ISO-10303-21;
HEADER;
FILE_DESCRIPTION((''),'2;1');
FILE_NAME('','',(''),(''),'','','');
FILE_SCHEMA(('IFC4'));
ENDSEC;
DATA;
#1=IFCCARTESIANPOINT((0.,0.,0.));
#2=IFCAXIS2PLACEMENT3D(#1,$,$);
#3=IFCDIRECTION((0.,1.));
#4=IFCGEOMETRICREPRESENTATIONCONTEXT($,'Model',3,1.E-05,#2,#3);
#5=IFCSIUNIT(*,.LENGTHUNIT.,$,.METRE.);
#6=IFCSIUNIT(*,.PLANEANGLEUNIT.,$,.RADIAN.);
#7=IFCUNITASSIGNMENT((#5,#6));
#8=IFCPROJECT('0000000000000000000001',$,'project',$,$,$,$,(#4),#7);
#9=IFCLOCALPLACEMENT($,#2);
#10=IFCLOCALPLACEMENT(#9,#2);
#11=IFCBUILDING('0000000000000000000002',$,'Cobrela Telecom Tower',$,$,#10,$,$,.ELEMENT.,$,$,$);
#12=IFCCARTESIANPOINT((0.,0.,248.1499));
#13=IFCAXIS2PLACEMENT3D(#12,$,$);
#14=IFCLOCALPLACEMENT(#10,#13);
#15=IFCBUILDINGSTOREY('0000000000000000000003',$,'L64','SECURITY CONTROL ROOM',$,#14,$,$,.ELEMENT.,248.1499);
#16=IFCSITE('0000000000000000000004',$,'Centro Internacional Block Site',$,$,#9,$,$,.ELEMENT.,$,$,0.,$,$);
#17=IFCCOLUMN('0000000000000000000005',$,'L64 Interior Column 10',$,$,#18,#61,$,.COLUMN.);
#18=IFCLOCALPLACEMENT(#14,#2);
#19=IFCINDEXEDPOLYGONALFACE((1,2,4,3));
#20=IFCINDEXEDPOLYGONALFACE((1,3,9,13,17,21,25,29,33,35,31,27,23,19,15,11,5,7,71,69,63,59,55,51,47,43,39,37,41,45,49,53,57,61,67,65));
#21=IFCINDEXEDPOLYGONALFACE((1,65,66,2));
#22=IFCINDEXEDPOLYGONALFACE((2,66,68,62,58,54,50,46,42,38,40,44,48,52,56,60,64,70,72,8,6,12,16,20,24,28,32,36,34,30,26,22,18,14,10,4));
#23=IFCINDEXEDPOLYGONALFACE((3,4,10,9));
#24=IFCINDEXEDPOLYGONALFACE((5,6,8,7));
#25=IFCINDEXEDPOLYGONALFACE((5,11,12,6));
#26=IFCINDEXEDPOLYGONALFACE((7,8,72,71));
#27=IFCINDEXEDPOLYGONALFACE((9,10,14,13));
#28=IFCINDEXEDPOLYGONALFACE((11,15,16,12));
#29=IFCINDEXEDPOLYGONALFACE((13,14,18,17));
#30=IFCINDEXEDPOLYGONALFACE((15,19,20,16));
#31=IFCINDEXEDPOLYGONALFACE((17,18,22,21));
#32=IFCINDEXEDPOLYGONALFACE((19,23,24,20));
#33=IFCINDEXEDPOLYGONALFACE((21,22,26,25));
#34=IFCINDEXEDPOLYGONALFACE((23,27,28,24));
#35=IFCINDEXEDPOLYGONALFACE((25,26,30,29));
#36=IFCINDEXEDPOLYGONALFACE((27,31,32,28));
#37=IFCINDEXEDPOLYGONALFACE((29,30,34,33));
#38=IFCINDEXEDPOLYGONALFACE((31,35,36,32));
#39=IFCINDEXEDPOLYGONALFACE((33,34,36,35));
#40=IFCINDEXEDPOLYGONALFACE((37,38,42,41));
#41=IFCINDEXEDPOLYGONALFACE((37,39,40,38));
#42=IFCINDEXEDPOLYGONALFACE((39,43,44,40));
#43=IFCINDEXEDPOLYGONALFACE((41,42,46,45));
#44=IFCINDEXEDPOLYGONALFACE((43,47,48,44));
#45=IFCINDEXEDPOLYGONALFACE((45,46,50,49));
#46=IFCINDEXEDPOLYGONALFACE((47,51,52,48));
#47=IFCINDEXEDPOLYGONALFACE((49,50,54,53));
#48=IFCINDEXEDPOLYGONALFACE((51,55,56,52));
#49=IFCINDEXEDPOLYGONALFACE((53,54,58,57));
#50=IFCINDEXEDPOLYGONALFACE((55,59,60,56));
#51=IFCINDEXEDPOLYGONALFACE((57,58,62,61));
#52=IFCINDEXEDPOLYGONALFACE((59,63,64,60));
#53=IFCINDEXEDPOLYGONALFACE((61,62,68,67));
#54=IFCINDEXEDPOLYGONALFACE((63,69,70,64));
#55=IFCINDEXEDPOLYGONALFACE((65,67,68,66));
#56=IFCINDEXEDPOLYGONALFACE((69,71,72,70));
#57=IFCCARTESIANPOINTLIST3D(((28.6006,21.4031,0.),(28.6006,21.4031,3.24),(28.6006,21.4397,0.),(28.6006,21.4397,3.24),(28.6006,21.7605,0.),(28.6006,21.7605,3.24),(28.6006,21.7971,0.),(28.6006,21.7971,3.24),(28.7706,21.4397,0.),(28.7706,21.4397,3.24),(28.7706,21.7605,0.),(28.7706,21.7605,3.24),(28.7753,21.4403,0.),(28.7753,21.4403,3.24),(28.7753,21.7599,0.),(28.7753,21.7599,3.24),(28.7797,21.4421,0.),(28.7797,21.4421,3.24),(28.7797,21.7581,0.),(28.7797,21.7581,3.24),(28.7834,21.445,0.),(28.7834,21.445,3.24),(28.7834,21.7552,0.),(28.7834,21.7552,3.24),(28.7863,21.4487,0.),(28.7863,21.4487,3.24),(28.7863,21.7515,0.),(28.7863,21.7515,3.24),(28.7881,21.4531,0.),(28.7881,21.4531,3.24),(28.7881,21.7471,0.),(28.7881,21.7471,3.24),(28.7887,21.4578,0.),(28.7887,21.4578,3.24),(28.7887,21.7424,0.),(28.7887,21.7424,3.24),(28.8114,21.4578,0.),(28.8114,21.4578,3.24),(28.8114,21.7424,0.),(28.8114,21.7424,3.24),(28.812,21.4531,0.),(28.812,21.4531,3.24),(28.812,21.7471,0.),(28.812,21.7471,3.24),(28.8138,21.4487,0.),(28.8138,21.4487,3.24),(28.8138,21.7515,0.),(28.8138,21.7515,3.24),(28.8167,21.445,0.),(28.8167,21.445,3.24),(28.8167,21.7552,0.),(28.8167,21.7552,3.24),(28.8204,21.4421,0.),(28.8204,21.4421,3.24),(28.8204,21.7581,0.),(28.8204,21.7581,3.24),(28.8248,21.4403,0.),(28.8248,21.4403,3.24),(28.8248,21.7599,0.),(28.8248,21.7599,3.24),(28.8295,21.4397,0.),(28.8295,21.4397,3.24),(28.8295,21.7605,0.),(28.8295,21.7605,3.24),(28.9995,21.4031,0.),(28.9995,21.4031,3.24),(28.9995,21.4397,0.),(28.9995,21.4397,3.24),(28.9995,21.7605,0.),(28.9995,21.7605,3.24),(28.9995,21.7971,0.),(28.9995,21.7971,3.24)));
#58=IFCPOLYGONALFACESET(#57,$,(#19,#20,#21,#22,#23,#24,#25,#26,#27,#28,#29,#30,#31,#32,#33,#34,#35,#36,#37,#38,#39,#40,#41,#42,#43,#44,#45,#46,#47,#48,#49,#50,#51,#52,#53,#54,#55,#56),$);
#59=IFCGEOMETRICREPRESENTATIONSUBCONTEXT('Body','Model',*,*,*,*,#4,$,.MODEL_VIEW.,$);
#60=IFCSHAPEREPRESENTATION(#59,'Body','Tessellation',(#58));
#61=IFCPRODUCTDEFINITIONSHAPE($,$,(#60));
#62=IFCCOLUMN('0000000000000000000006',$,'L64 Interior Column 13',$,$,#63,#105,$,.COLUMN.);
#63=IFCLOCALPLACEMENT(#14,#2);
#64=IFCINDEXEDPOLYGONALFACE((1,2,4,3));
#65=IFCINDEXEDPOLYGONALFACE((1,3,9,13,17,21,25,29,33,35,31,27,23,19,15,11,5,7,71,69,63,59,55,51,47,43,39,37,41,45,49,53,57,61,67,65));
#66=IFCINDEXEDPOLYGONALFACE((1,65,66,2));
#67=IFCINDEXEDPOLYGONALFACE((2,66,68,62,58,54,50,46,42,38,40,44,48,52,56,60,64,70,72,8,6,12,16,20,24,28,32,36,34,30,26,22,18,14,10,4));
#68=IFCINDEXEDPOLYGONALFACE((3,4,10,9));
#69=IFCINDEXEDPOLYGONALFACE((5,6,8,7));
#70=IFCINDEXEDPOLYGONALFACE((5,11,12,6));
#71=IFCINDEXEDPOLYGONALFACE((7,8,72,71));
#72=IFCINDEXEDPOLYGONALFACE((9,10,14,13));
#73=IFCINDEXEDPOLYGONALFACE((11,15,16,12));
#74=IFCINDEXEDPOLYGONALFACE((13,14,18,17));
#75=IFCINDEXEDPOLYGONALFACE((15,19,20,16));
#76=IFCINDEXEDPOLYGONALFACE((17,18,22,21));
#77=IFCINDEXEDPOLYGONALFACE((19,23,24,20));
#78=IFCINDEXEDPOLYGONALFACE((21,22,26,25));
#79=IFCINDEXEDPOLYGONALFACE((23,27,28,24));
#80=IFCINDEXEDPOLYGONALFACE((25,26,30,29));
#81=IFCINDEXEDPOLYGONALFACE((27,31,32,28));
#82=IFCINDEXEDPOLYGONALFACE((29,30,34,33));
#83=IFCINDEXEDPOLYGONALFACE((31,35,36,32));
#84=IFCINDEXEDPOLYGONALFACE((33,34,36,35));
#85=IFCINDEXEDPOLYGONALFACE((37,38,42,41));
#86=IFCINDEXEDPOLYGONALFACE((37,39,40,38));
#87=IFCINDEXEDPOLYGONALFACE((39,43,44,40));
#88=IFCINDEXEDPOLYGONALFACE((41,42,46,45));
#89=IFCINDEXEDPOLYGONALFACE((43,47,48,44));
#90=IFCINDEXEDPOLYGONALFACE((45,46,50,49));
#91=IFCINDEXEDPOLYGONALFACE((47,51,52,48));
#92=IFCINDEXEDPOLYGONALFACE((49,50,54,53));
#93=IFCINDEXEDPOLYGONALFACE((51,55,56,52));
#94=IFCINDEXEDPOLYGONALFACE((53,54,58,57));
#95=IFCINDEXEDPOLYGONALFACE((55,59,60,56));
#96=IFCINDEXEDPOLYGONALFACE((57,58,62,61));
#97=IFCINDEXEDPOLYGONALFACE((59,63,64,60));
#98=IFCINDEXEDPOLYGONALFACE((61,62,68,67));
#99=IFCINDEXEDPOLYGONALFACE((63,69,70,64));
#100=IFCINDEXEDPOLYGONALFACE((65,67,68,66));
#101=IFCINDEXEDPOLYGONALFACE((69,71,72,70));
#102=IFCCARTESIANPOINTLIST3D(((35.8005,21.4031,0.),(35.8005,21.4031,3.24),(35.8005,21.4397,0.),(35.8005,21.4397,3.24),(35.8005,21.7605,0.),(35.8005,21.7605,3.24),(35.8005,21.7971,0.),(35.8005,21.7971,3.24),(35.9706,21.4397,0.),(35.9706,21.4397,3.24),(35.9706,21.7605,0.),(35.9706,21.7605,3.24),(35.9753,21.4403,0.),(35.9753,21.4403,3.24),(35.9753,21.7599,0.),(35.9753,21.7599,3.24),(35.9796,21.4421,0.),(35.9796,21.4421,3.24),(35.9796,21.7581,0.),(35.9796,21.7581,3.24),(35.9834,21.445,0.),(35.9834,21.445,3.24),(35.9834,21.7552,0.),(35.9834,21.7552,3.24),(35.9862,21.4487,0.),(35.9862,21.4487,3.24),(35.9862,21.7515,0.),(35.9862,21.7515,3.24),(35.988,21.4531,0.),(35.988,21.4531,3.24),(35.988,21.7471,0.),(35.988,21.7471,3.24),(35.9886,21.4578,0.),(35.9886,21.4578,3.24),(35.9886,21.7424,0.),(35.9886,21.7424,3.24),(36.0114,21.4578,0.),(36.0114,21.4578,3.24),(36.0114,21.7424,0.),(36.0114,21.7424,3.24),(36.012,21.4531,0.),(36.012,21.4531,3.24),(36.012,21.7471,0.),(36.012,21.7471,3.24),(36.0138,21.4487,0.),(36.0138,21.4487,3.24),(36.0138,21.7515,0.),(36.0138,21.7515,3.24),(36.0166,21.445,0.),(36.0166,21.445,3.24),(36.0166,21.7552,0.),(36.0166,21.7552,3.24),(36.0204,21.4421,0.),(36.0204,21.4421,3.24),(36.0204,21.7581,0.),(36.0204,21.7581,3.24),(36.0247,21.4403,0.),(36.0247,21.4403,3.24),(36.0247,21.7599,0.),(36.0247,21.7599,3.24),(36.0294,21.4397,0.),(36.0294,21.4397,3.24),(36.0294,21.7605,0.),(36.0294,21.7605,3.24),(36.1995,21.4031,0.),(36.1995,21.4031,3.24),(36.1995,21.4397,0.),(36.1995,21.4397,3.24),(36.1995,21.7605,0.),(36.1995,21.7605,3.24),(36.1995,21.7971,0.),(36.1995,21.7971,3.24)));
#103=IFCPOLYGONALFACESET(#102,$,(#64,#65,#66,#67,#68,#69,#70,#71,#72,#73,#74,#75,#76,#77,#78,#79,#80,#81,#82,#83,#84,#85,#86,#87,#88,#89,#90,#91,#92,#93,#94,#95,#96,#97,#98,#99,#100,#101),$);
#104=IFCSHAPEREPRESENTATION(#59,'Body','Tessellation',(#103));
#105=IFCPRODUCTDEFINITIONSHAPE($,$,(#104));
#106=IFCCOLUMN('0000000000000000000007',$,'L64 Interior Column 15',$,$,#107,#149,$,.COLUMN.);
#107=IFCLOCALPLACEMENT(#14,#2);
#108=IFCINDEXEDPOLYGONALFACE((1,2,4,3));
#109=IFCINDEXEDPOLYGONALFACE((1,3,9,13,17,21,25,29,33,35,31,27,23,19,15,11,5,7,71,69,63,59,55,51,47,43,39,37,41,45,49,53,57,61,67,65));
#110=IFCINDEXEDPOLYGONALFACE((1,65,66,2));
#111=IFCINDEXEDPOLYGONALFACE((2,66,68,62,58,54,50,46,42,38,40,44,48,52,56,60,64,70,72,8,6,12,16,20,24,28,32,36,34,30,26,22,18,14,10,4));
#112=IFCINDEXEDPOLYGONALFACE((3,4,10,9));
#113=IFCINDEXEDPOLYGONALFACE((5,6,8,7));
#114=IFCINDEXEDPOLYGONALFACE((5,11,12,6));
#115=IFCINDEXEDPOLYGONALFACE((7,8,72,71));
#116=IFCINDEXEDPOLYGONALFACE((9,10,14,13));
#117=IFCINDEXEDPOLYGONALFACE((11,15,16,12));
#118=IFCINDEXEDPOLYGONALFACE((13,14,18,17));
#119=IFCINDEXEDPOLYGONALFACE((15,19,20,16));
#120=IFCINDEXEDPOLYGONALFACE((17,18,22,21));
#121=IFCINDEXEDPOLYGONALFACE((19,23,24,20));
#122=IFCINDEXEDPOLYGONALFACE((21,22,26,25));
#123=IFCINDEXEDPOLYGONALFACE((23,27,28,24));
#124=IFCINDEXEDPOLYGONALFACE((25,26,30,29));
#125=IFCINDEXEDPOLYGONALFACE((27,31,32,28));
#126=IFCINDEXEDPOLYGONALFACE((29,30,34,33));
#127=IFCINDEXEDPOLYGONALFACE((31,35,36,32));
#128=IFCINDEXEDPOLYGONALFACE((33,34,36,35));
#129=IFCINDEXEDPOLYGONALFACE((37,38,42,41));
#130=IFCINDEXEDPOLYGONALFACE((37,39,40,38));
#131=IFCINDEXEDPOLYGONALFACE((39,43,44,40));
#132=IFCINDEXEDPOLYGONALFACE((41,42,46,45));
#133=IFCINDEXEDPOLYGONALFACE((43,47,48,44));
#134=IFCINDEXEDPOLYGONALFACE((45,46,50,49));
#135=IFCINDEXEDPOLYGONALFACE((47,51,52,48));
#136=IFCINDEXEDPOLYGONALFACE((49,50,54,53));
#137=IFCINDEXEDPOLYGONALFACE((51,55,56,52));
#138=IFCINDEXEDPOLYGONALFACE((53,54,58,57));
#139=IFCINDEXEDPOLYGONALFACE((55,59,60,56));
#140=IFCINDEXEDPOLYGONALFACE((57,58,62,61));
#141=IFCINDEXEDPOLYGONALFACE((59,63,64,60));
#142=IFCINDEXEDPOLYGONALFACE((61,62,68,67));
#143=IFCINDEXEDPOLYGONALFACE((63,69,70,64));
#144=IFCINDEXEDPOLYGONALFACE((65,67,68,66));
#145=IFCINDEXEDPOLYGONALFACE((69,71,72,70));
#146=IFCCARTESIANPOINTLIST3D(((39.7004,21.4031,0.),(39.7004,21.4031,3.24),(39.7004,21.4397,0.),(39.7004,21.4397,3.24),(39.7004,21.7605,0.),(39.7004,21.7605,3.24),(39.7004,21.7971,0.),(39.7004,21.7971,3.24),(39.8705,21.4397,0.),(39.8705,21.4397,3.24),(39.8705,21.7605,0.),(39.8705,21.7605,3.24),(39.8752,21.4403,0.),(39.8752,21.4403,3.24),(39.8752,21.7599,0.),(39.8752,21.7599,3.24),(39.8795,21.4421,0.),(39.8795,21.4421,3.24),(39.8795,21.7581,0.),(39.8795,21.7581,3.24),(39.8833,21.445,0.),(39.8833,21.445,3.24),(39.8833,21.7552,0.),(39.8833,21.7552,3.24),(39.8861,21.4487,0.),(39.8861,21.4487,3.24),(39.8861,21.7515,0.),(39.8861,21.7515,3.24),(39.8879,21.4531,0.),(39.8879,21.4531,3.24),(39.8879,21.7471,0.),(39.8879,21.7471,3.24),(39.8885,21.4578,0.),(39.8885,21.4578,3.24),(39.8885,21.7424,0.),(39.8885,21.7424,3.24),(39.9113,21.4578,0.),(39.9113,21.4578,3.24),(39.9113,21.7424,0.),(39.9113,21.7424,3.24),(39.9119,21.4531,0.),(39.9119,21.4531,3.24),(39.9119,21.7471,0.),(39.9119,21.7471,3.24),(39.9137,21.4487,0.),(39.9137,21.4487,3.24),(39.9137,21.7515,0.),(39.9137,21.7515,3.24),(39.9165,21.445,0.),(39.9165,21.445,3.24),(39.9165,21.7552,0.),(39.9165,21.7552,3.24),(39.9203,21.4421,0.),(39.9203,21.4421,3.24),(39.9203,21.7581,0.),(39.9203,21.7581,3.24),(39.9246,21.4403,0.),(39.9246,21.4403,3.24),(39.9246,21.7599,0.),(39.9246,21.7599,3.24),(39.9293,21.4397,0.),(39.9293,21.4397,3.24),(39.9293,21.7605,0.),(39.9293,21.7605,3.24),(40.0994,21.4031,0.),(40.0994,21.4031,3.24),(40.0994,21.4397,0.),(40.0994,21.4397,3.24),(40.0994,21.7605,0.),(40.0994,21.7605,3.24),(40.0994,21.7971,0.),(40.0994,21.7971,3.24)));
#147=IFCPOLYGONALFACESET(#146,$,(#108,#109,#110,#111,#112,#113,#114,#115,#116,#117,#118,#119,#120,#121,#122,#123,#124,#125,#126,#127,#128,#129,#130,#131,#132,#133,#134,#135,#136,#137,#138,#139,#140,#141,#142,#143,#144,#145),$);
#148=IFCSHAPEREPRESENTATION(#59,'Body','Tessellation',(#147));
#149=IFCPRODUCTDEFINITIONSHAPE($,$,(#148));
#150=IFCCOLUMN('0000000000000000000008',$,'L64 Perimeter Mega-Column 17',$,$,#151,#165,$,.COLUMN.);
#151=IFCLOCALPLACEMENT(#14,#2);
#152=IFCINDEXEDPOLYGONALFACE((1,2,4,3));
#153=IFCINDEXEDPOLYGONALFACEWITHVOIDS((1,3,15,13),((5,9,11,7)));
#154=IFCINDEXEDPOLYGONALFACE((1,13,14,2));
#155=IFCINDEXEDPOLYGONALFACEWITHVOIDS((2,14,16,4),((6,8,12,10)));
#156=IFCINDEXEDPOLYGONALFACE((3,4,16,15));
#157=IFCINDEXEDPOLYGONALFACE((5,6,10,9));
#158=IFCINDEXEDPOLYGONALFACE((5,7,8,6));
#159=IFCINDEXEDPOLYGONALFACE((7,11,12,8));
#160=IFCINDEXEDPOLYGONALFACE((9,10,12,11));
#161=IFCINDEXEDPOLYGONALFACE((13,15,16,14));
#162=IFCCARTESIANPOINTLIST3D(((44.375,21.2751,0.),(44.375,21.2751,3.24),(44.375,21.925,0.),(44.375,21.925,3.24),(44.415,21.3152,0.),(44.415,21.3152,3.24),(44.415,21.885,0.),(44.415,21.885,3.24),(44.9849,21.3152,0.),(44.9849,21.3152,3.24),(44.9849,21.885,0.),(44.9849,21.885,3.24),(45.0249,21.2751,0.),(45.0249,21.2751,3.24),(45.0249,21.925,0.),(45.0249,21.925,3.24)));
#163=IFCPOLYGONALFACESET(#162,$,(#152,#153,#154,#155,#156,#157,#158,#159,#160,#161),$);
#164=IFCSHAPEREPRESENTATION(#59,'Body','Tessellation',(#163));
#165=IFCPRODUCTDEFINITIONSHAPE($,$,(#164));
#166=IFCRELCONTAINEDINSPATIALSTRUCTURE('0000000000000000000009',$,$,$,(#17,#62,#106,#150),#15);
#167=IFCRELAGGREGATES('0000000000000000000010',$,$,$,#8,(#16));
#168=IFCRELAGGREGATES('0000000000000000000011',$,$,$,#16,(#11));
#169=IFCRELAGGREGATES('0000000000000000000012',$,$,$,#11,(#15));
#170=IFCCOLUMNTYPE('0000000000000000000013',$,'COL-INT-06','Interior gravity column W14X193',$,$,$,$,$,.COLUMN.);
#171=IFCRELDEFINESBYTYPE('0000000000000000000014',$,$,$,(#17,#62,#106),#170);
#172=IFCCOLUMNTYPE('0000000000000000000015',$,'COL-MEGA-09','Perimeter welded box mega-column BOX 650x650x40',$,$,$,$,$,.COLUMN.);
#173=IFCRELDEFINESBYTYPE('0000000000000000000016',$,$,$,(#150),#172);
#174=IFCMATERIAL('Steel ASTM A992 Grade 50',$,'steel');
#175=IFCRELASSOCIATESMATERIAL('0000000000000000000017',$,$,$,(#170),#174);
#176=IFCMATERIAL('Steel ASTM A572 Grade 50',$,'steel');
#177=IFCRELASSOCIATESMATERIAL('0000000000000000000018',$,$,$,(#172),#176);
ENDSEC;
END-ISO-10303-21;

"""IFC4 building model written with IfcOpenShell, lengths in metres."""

from ifc_helpers import new_model, si_unit, direction, frame, origin, origin_2d, place, context, subcontext, project, spatial, hollow_rectangle, i_section, extrude, material, material_profile, profile_set, type_object, element, save


model = new_model("IFC4")

# Units and contexts
model_context = context("Model", 3, precision=1e-05, world=origin(), true_north=direction((0.0, 1.0)))
body_context = subcontext(model_context, "Body", "Model", "MODEL_VIEW")
ifc_project = project(units=[si_unit("LENGTHUNIT", "METRE"), si_unit("PLANEANGLEUNIT", "RADIAN")], contexts=[model_context])

# Site, building, storey
site_placement = place(None, origin())
site = spatial("IfcSite", under=ifc_project, at=site_placement, Name="Centro Internacional Block Site", CompositionType="ELEMENT", RefElevation=0.0)
building_placement = place(site_placement, origin())
building = spatial("IfcBuilding", under=site, at=building_placement, Name="Cobrela Telecom Tower", CompositionType="ELEMENT")
storey_placement = place(building_placement, frame((0.0, 0.0, 248.1499)))
storey = spatial("IfcBuildingStorey", under=building, at=storey_placement, Name="L64", Description="SECURITY CONTROL ROOM", CompositionType="ELEMENT", Elevation=248.1499)

# Columns
ifc_material_1 = material(Name="Steel ASTM A992 Grade 50", Category="steel")
ifc_material_profile_1 = material_profile(ifc_material_1, i_section(OverallWidth=0.3989, OverallDepth=0.394, WebThickness=0.0227, FlangeThickness=0.0366, FilletRadius=0.0181, at=origin_2d()), Name="W14X193")
ifc_profile_set_1 = profile_set([ifc_material_profile_1], Name="Steel ASTM A992 Grade 50")
column_type_1 = type_object("IfcColumnType", Name="COL-INT-06", Description="Interior gravity column W14X193", PredefinedType="COLUMN", material=ifc_profile_set_1)
for number, where, z_axis, x_axis, name in (
    (1, (28.8, 21.6001, 0.0), (0.0, 0.0, 1.0), (1.0, 0.0, 0.0), "L64 Interior Column 10"),
    (2, (36.0, 21.6001, 0.0), (0.0, 0.0, 1.0), (1.0, 0.0, 0.0), "L64 Interior Column 13"),
    (3, (39.8999, 21.6001, 0.0), (0.0, 0.0, 1.0), (1.0, 0.0, 0.0), "L64 Interior Column 15"),
):
    element("IfcColumn", number, at=place(storey_placement, frame(where, z_axis=z_axis, x_axis=x_axis)), inside=storey, type_object=column_type_1, Name=name, PredefinedType="COLUMN", context=body_context, shape_type="SweptSolid", body=[
        extrude(i_section(OverallWidth=0.3989, OverallDepth=0.394, WebThickness=0.0227, FlangeThickness=0.0366, FilletRadius=0.0181, at=origin_2d()), origin(), (0.0, 0.0, 1.0), 3.24),
    ])
ifc_material_2 = material(Name="Steel ASTM A572 Grade 50", Category="steel")
ifc_material_profile_2 = material_profile(ifc_material_2, hollow_rectangle(XDim=0.6499, YDim=0.6499, WallThickness=0.04, at=origin_2d()), Name="BOX 650x650x40")
ifc_profile_set_2 = profile_set([ifc_material_profile_2], Name="Steel ASTM A572 Grade 50")
column_type_2 = type_object("IfcColumnType", Name="COL-MEGA-09", Description="Perimeter welded box mega-column BOX 650x650x40", PredefinedType="COLUMN", material=ifc_profile_set_2)
column_placement = place(storey_placement, frame((44.7, 21.6001, 0.0), z_axis=(0.0, 0.0, 1.0), x_axis=(1.0, 0.0, 0.0)))
element("IfcColumn", 4, at=column_placement, inside=storey, type_object=column_type_2, Name="L64 Perimeter Mega-Column 17", PredefinedType="COLUMN", context=body_context, shape_type="SweptSolid", body=[
    extrude(hollow_rectangle(XDim=0.6499, YDim=0.6499, WallThickness=0.04, at=origin_2d()), origin(), (0.0, 0.0, 1.0), 3.24),
])

save(model, "model.ifc")
